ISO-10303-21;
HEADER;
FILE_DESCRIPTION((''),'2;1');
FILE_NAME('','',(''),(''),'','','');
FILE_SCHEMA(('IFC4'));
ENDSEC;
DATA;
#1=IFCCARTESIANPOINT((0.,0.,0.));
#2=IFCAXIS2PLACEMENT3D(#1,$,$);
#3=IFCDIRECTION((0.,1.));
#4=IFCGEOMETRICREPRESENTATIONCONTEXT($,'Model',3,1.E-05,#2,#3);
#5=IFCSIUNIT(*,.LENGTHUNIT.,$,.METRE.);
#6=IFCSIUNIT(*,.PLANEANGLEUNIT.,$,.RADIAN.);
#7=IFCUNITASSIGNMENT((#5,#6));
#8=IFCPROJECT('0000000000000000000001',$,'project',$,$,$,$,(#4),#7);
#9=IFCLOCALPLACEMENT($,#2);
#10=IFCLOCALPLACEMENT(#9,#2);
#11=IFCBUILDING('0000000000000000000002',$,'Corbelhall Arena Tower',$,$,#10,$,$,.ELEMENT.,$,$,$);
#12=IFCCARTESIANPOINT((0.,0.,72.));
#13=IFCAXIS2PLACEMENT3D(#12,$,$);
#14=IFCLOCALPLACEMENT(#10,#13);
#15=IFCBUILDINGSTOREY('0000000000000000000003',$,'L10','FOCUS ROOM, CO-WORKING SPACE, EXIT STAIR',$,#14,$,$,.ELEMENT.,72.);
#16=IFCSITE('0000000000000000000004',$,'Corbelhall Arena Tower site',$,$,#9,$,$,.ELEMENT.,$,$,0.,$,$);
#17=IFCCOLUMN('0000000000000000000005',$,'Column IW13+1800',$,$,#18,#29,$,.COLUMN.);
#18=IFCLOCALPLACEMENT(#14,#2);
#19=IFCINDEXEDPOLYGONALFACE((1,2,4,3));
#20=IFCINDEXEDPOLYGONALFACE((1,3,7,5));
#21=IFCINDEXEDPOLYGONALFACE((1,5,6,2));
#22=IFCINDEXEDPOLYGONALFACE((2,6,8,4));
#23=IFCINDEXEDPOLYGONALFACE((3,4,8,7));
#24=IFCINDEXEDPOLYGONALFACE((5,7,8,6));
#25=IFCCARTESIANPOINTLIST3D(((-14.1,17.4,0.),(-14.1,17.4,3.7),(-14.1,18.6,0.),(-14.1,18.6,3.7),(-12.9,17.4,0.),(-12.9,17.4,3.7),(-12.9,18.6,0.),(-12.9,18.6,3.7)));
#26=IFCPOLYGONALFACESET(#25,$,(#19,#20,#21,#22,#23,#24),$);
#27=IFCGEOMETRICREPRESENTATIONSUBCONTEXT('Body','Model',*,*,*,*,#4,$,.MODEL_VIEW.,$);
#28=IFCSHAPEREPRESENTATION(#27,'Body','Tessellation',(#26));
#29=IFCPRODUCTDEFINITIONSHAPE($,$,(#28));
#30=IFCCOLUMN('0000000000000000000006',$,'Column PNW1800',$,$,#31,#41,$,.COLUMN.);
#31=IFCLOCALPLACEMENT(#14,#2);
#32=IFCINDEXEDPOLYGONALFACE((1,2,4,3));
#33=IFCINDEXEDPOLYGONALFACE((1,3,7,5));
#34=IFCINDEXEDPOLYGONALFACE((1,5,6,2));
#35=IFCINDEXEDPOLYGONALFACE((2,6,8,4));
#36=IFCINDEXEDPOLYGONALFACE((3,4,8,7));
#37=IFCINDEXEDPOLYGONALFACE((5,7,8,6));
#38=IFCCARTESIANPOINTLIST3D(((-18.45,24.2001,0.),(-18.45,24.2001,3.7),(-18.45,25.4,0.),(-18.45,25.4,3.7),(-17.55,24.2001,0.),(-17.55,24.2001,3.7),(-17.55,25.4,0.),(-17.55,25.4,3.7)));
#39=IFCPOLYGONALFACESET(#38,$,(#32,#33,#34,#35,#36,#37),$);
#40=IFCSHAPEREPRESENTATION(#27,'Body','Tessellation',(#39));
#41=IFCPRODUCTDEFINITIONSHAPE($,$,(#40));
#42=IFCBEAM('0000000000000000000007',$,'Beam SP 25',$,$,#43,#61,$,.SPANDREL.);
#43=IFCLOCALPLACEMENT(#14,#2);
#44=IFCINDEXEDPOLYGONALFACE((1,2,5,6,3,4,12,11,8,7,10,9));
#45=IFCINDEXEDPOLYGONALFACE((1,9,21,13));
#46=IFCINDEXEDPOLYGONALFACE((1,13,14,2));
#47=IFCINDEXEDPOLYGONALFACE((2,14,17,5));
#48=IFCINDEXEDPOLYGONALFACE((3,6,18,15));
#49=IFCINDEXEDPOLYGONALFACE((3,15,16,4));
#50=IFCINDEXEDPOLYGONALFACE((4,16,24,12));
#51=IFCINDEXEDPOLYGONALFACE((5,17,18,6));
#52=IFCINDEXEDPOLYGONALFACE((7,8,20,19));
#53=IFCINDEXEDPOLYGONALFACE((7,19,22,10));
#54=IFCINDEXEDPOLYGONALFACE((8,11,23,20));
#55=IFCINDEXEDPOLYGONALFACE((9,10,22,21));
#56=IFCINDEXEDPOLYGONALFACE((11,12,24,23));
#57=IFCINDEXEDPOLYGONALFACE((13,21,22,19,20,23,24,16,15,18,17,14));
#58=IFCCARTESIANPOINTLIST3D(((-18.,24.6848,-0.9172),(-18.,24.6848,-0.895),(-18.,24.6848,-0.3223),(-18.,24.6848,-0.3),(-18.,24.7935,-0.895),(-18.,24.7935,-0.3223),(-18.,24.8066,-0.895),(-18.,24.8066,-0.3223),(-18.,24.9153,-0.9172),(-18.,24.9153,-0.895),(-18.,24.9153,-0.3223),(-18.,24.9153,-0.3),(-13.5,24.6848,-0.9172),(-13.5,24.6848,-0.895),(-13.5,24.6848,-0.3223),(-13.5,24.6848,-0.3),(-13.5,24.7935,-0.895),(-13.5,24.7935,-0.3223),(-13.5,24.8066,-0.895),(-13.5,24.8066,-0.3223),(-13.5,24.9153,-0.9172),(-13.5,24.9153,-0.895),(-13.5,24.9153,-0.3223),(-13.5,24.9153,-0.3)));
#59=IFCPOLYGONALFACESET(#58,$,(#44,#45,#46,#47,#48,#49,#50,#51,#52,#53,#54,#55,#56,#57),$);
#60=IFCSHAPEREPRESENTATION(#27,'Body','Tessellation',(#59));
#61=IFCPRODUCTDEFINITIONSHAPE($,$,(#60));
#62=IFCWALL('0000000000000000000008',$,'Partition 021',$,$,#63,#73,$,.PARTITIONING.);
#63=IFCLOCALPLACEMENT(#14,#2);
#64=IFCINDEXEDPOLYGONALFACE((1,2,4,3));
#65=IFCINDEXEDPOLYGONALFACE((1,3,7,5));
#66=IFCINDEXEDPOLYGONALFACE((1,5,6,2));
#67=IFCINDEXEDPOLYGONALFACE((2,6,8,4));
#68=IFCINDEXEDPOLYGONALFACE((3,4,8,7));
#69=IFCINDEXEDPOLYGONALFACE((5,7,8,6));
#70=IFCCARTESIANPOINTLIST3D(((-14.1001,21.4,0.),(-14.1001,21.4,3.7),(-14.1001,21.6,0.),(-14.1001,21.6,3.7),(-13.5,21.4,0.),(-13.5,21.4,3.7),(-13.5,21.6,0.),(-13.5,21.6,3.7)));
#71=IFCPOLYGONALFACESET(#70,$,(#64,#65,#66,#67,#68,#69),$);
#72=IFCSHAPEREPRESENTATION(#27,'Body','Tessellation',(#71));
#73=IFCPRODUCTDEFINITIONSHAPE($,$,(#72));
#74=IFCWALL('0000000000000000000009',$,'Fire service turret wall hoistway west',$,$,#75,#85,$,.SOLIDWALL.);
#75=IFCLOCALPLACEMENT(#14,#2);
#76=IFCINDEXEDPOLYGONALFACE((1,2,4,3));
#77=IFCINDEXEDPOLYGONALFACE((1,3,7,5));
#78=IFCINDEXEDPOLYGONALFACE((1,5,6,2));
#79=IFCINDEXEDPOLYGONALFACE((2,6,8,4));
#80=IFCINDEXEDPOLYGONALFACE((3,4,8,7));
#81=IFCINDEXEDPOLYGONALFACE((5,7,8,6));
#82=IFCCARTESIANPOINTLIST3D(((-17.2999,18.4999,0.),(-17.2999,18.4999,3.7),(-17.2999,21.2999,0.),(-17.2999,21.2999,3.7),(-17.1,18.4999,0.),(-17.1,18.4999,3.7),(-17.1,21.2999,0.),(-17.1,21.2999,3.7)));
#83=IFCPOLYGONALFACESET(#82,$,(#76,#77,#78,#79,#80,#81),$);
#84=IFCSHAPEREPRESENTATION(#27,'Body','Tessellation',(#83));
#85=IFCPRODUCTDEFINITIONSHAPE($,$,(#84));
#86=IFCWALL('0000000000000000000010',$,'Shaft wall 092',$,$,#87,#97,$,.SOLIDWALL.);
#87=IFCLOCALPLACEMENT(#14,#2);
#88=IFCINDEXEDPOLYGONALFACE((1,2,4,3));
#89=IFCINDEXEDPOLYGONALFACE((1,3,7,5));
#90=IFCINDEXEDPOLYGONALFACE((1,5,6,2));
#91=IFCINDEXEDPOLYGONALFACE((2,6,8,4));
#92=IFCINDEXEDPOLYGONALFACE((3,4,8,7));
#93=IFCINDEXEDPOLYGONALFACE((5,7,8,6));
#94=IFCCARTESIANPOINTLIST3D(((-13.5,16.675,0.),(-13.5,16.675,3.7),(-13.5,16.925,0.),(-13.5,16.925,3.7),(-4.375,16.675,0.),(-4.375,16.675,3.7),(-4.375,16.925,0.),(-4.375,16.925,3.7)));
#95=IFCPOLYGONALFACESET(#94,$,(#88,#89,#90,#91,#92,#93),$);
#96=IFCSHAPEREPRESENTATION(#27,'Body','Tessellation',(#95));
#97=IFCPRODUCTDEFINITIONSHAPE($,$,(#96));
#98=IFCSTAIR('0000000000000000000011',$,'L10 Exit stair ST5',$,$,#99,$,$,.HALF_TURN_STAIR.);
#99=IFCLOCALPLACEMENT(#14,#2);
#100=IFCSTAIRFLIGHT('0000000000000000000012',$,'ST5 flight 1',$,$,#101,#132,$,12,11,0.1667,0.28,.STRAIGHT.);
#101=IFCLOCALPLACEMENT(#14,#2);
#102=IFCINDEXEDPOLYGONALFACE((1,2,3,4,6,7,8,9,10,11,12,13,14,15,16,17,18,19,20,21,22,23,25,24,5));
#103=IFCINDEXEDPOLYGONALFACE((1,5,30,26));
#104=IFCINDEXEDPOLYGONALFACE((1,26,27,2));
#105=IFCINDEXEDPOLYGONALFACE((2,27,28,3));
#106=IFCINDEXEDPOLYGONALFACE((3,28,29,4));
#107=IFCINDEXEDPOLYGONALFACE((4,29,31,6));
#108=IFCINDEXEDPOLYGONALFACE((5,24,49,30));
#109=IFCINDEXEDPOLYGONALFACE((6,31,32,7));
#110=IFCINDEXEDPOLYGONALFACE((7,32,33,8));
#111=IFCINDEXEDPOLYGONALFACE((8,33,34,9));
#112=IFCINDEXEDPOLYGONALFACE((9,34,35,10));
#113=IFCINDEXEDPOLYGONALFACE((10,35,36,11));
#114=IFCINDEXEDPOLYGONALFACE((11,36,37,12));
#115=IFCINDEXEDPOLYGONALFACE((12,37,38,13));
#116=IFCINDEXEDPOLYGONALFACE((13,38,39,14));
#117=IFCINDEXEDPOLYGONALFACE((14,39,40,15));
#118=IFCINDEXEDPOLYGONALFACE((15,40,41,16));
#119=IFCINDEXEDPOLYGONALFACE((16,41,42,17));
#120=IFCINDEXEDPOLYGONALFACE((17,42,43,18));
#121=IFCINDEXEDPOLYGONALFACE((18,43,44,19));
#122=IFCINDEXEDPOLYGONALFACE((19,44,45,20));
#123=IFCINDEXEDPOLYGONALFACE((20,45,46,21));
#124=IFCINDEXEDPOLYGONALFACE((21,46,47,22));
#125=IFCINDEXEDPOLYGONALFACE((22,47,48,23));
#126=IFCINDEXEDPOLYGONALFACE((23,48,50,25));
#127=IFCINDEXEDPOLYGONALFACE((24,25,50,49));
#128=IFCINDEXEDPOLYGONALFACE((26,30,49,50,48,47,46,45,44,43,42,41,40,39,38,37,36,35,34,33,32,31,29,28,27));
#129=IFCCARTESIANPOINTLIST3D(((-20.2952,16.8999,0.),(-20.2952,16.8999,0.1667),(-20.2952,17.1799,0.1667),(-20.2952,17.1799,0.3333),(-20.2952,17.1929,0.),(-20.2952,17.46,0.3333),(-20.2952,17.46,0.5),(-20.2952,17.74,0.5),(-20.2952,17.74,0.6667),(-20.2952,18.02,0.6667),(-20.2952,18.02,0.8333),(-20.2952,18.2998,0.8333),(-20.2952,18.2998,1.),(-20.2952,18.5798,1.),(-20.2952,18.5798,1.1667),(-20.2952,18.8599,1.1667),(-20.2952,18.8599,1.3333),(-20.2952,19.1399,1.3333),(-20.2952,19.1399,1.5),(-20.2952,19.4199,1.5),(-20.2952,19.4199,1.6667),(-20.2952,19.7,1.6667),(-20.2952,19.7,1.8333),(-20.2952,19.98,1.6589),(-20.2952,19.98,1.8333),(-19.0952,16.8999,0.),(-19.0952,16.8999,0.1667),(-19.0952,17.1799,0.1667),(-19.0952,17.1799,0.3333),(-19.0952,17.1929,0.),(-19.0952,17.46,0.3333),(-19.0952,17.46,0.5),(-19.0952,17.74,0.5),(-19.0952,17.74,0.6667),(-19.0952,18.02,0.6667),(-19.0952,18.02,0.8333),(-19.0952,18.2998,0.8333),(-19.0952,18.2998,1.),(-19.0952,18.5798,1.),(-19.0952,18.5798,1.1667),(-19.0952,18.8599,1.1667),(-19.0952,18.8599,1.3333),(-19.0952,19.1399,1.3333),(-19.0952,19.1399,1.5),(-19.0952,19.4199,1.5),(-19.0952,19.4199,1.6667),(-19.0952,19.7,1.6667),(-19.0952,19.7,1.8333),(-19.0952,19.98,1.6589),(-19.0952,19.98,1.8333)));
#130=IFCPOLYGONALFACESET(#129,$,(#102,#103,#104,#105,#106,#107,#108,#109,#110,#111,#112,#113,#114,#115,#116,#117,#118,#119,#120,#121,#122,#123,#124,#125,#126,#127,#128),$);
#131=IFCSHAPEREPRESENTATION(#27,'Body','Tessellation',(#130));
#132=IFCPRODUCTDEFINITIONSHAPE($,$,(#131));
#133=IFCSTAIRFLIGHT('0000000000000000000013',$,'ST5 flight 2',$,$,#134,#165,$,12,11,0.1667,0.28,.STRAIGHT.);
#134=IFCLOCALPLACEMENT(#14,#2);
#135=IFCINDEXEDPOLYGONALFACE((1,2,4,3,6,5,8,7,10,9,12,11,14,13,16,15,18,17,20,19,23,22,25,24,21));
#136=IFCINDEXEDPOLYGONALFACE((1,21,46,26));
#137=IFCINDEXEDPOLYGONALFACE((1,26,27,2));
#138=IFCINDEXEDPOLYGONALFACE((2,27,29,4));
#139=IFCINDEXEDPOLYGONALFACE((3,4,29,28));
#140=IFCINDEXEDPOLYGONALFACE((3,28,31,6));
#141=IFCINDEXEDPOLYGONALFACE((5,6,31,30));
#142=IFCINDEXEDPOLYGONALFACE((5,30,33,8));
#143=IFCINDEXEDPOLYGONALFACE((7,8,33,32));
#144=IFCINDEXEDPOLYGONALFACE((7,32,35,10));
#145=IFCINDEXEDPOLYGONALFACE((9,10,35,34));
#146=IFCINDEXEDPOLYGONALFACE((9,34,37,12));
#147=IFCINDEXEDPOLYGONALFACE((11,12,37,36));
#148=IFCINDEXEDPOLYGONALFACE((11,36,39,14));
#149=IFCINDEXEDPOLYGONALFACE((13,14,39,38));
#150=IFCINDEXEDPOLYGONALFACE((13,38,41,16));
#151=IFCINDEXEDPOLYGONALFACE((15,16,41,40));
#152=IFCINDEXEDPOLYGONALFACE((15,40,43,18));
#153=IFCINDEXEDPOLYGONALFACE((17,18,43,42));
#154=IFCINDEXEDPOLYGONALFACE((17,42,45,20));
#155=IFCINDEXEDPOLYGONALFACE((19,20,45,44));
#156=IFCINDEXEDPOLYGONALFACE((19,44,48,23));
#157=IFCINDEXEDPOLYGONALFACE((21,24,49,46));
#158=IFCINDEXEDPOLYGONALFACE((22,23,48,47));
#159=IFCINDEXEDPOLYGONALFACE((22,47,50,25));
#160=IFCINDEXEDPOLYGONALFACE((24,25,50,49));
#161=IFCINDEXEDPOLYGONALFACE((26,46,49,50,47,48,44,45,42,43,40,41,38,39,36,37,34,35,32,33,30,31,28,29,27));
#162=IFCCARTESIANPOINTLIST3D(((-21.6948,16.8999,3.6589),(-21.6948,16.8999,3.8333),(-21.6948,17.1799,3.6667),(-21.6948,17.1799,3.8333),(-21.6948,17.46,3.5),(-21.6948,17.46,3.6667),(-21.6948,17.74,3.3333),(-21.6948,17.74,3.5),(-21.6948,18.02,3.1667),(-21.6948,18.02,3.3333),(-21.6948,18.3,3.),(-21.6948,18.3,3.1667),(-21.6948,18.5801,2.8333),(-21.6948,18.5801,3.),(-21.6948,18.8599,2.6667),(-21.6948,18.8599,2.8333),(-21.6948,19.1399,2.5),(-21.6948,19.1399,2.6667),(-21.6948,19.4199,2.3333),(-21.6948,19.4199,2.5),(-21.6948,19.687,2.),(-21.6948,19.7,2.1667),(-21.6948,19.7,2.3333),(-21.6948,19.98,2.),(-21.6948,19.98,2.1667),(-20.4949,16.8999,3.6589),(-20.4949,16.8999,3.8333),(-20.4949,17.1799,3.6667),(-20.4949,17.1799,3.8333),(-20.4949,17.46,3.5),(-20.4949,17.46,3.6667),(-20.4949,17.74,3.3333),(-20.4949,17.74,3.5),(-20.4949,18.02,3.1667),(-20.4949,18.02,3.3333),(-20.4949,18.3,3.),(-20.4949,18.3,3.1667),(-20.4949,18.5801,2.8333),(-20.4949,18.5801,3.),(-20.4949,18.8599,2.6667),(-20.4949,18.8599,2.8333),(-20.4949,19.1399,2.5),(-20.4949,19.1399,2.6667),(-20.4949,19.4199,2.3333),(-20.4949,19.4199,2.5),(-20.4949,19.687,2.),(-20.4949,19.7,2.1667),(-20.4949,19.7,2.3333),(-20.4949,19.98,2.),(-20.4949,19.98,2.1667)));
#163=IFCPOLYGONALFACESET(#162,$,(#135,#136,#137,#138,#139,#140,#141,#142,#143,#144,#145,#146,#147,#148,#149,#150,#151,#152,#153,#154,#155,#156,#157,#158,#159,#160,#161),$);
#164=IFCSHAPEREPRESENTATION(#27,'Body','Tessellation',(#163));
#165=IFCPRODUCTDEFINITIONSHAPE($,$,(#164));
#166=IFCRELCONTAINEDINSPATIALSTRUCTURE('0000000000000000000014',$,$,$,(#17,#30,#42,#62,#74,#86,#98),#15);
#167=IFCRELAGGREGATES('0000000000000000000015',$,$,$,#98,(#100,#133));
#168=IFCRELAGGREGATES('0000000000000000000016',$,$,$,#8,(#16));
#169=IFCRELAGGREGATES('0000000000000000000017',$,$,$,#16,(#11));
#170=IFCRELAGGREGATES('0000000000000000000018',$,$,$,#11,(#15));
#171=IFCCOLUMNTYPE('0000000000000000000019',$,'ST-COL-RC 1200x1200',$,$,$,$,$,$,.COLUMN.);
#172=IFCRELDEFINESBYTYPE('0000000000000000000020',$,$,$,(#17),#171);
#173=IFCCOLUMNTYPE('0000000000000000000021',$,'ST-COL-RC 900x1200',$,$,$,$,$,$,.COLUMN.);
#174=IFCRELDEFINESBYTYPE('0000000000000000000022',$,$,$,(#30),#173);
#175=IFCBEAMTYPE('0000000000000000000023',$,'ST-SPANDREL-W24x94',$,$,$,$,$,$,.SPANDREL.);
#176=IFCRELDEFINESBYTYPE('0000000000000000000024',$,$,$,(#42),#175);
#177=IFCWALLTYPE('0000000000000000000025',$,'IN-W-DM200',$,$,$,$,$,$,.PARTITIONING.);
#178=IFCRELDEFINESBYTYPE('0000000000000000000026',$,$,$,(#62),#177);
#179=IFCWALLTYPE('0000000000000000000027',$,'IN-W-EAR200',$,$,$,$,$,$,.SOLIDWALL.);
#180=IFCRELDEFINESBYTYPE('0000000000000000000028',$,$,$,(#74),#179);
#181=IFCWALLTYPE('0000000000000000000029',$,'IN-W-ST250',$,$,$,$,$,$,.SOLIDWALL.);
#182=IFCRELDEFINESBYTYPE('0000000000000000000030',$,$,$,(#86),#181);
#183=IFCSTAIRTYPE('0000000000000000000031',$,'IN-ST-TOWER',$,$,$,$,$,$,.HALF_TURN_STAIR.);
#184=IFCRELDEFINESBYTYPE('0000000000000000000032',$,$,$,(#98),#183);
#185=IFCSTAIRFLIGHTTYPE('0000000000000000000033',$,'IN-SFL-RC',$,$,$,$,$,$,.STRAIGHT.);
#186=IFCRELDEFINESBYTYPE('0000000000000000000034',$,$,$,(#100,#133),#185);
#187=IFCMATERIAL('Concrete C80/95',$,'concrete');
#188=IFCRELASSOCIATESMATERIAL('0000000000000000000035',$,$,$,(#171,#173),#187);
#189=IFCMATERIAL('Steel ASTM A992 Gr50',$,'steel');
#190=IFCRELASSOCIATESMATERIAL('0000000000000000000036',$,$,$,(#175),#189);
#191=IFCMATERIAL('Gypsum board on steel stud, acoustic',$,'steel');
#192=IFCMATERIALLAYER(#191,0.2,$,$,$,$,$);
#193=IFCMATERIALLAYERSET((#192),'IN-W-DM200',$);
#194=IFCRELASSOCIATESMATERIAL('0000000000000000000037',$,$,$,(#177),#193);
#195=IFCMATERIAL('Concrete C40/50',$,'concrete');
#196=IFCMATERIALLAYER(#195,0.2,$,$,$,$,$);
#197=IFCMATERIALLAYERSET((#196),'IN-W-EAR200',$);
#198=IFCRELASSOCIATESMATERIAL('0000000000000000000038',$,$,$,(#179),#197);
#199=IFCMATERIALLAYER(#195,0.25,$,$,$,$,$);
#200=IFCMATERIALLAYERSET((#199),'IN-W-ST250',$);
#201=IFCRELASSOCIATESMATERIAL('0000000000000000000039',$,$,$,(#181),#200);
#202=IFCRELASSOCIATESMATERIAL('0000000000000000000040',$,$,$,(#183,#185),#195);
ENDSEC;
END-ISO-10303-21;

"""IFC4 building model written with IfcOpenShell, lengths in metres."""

from ifc_helpers import new_model, si_unit, direction, frame, frame_2d, origin, origin_2d, place, context, subcontext, project, spatial, polyline, rectangle, i_section, outline, extrude, material, layer, layer_set, material_profile, profile_set, type_object, element, aggregate, save


model = new_model("IFC4")

# Units and contexts
model_context = context("Model", 3, precision=1e-05, world=origin(), true_north=direction((0.0, 1.0)))
body_context = subcontext(model_context, "Body", "Model", "MODEL_VIEW")
ifc_project = project(units=[si_unit("LENGTHUNIT", "METRE"), si_unit("PLANEANGLEUNIT", "RADIAN")], contexts=[model_context])

# Site, building, storey
site_placement = place(None, origin())
site = spatial("IfcSite", under=ifc_project, at=site_placement, Name="Corbelhall Arena Tower site", CompositionType="ELEMENT", RefElevation=0.0)
building_placement = place(site_placement, origin())
building = spatial("IfcBuilding", under=site, at=building_placement, Name="Corbelhall Arena Tower", CompositionType="ELEMENT")
storey_placement = place(building_placement, frame((0.0, 0.0, 72.0)))
storey = spatial("IfcBuildingStorey", under=building, at=storey_placement, Name="L10", Description="FOCUS ROOM, CO-WORKING SPACE, EXIT STAIR", CompositionType="ELEMENT", Elevation=72.0)

# Columns
ifc_material_1 = material(Name="Concrete C80/95", Category="concrete")
ifc_material_profile_1 = material_profile(ifc_material_1, rectangle(XDim=1.2, YDim=1.2, at=origin_2d()))
ifc_profile_set_1 = profile_set([ifc_material_profile_1], Name="Concrete C80/95")
column_type_1 = type_object("IfcColumnType", Name="ST-COL-RC 1200x1200", PredefinedType="COLUMN", material=ifc_profile_set_1)
column_1_placement = place(storey_placement, frame((-13.5, 18.0, 0.0), z_axis=(0.0, 0.0, 1.0), x_axis=(1.0, 0.0, 0.0)))
element("IfcColumn", 1, at=column_1_placement, inside=storey, type_object=column_type_1, Name="Column IW13+1800", PredefinedType="COLUMN", context=body_context, shape_type="SweptSolid", body=[
    extrude(rectangle(XDim=1.2, YDim=1.2, at=origin_2d()), origin(), (0.0, 0.0, 1.0), 3.7),
])
ifc_material_profile_2 = material_profile(ifc_material_1, rectangle(XDim=0.8999, YDim=1.2, at=origin_2d()))
ifc_profile_set_2 = profile_set([ifc_material_profile_2], Name="Concrete C80/95")
column_type_2 = type_object("IfcColumnType", Name="ST-COL-RC 900x1200", PredefinedType="COLUMN", material=ifc_profile_set_2)
column_2_placement = place(storey_placement, frame((-18.0, 24.8, 0.0), z_axis=(0.0, 0.0, 1.0), x_axis=(1.0, 0.0, 0.0)))
element("IfcColumn", 2, at=column_2_placement, inside=storey, type_object=column_type_2, Name="Column PNW1800", PredefinedType="COLUMN", context=body_context, shape_type="SweptSolid", body=[
    extrude(rectangle(XDim=0.8999, YDim=1.2, at=origin_2d()), origin(), (0.0, 0.0, 1.0), 3.7),
])

# Beam
ifc_material_2 = material(Name="Steel ASTM A992 Gr50", Category="steel")
ifc_material_profile_3 = material_profile(ifc_material_2, i_section(OverallWidth=0.2305, OverallDepth=0.6172, WebThickness=0.0132, FlangeThickness=0.0222, at=origin_2d()))
ifc_profile_set_3 = profile_set([ifc_material_profile_3], Name="Steel ASTM A992 Gr50")
beam_type = type_object("IfcBeamType", Name="ST-SPANDREL-W24x94", PredefinedType="SPANDREL", material=ifc_profile_set_3)
beam_placement = place(storey_placement, frame((-18.0, 24.8, -0.6086), z_axis=(1.0, 0.0, 0.0), x_axis=(0.0, 1.0, 0.0)))
element("IfcBeam", 3, at=beam_placement, inside=storey, type_object=beam_type, Name="Beam SP 25", PredefinedType="SPANDREL", context=body_context, shape_type="SweptSolid", body=[
    extrude(i_section(OverallWidth=0.2305, OverallDepth=0.6172, WebThickness=0.0132, FlangeThickness=0.0222, at=origin_2d()), origin(), (0.0, 0.0, 1.0), 4.5),
])

# Wall
ifc_material_3 = material(Name="Gypsum board on steel stud, acoustic", Category="steel")
ifc_layer_1 = layer(ifc_material_3, 0.2)
ifc_layer_set_1 = layer_set([ifc_layer_1], Name="IN-W-DM200")
wall_type_1 = type_object("IfcWallType", Name="IN-W-DM200", PredefinedType="PARTITIONING", material=ifc_layer_set_1)
wall_1_placement = place(storey_placement, frame((-13.5, 21.5, 0.0), z_axis=(0.0, 0.0, 1.0), x_axis=(-1.0, 0.0, 0.0)))
element("IfcWall", 4, at=wall_1_placement, inside=storey, type_object=wall_type_1, Name="Partition 021", PredefinedType="PARTITIONING", context=body_context, shape_type="SweptSolid", body=[
    extrude(rectangle(XDim=0.6001, YDim=0.2, at=frame_2d((0.3, 0.0))), origin(), (0.0, 0.0, 1.0), 3.7),
])

# Wall
ifc_material_4 = material(Name="Concrete C40/50", Category="concrete")
ifc_layer_2 = layer(ifc_material_4, 0.2)
ifc_layer_set_2 = layer_set([ifc_layer_2], Name="IN-W-EAR200")
wall_type_2 = type_object("IfcWallType", Name="IN-W-EAR200", PredefinedType="SOLIDWALL", material=ifc_layer_set_2)
wall_2_placement = place(storey_placement, frame((-17.2, 18.5, 0.0), z_axis=(0.0, 0.0, 1.0), x_axis=(0.0, 1.0, 0.0)))
element("IfcWall", 5, at=wall_2_placement, inside=storey, type_object=wall_type_2, Name="Fire service turret wall hoistway west", PredefinedType="SOLIDWALL", context=body_context, shape_type="SweptSolid", body=[
    extrude(rectangle(XDim=2.8, YDim=0.2, at=frame_2d((1.3999, 0.0))), origin(), (0.0, 0.0, 1.0), 3.7),
])

# Wall
ifc_layer_3 = layer(ifc_material_4, 0.25)
ifc_layer_set_3 = layer_set([ifc_layer_3], Name="IN-W-ST250")
wall_type_3 = type_object("IfcWallType", Name="IN-W-ST250", PredefinedType="SOLIDWALL", material=ifc_layer_set_3)
wall_3_placement = place(storey_placement, frame((-13.5, 16.8, 0.0), z_axis=(0.0, 0.0, 1.0), x_axis=(1.0, 0.0, 0.0)))
element("IfcWall", 6, at=wall_3_placement, inside=storey, type_object=wall_type_3, Name="Shaft wall 092", PredefinedType="SOLIDWALL", context=body_context, shape_type="SweptSolid", body=[
    extrude(rectangle(XDim=9.125, YDim=0.25, at=frame_2d((4.5625, 0.0))), origin(), (0.0, 0.0, 1.0), 3.7),
])

# Stair, stair flights
stair_type = type_object("IfcStairType", Name="IN-ST-TOWER", PredefinedType="HALF_TURN_STAIR", material=ifc_material_4)
stair_placement = place(storey_placement, origin())
stair = element("IfcStair", 7, at=stair_placement, inside=storey, type_object=stair_type, Name="L10 Exit stair ST5", PredefinedType="HALF_TURN_STAIR")
stair_flight_type = type_object("IfcStairFlightType", Name="IN-SFL-RC", PredefinedType="STRAIGHT", material=ifc_material_4)
stair_flight_1_placement = place(storey_placement, frame((-19.6951, 16.8999, 0.0), z_axis=(0.0, 0.0, 1.0), x_axis=(0.0, 1.0, 0.0)))
stair_flight_1 = element("IfcStairFlight", 8, at=stair_flight_1_placement, type_object=stair_flight_type, Name="ST5 flight 1", NumberOfRisers=12, NumberOfTreads=11, PredefinedType="STRAIGHT", RiserHeight=0.1667, TreadLength=0.28, context=body_context, shape_type="SweptSolid", body=[
    extrude(outline(polyline([(0.0, 0.0), (0.0, 0.1667), (0.28, 0.1667), (0.28, 0.3333), (0.5601, 0.3333), (0.5601, 0.5), (0.8401, 0.5), (0.8401, 0.6667), (1.1201, 0.6667), (1.1201, 0.8333), (1.3999, 0.8333), (1.3999, 1.0), (1.6799, 1.0), (1.6799, 1.1667), (1.96, 1.1667), (1.96, 1.3333), (2.24, 1.3333), (2.24, 1.5), (2.52, 1.5), (2.52, 1.6667), (2.8, 1.6667), (2.8, 1.8333), (3.0801, 1.8333), (3.0801, 2.0), (3.0801, 1.6589), (0.293, 0.0), (0.0, 0.0)])), frame((0.0, 0.6001, 0.0), z_axis=(0.0, -1.0, 0.0), x_axis=(1.0, 0.0, 0.0)), (0.0, 0.0, 1.0), 1.2),
])
stair_flight_2_placement = place(storey_placement, frame((-21.095, 19.98, 2.0), z_axis=(0.0, 0.0, 1.0), x_axis=(0.0, -1.0, 0.0)))
stair_flight_2 = element("IfcStairFlight", 9, at=stair_flight_2_placement, type_object=stair_flight_type, Name="ST5 flight 2", NumberOfRisers=12, NumberOfTreads=11, PredefinedType="STRAIGHT", RiserHeight=0.1667, TreadLength=0.28, context=body_context, shape_type="SweptSolid", body=[
    extrude(outline(polyline([(0.0, 0.0), (0.0, 0.1667), (0.28, 0.1667), (0.28, 0.3333), (0.5601, 0.3333), (0.5601, 0.5), (0.8401, 0.5), (0.8401, 0.6667), (1.1201, 0.6667), (1.1201, 0.8333), (1.3999, 0.8333), (1.3999, 1.0), (1.6799, 1.0), (1.6799, 1.1667), (1.96, 1.1667), (1.96, 1.3333), (2.24, 1.3333), (2.24, 1.5), (2.52, 1.5), (2.52, 1.6667), (2.8, 1.6667), (2.8, 1.8333), (3.0801, 1.8333), (3.0801, 2.0), (3.0801, 1.6589), (0.293, 0.0), (0.0, 0.0)])), frame((0.0, 0.6001, 0.0), z_axis=(0.0, -1.0, 0.0), x_axis=(1.0, 0.0, 0.0)), (0.0, 0.0, 1.0), 1.2),
])
aggregate(stair, [stair_flight_1, stair_flight_2])

save(model, "model.ifc")
